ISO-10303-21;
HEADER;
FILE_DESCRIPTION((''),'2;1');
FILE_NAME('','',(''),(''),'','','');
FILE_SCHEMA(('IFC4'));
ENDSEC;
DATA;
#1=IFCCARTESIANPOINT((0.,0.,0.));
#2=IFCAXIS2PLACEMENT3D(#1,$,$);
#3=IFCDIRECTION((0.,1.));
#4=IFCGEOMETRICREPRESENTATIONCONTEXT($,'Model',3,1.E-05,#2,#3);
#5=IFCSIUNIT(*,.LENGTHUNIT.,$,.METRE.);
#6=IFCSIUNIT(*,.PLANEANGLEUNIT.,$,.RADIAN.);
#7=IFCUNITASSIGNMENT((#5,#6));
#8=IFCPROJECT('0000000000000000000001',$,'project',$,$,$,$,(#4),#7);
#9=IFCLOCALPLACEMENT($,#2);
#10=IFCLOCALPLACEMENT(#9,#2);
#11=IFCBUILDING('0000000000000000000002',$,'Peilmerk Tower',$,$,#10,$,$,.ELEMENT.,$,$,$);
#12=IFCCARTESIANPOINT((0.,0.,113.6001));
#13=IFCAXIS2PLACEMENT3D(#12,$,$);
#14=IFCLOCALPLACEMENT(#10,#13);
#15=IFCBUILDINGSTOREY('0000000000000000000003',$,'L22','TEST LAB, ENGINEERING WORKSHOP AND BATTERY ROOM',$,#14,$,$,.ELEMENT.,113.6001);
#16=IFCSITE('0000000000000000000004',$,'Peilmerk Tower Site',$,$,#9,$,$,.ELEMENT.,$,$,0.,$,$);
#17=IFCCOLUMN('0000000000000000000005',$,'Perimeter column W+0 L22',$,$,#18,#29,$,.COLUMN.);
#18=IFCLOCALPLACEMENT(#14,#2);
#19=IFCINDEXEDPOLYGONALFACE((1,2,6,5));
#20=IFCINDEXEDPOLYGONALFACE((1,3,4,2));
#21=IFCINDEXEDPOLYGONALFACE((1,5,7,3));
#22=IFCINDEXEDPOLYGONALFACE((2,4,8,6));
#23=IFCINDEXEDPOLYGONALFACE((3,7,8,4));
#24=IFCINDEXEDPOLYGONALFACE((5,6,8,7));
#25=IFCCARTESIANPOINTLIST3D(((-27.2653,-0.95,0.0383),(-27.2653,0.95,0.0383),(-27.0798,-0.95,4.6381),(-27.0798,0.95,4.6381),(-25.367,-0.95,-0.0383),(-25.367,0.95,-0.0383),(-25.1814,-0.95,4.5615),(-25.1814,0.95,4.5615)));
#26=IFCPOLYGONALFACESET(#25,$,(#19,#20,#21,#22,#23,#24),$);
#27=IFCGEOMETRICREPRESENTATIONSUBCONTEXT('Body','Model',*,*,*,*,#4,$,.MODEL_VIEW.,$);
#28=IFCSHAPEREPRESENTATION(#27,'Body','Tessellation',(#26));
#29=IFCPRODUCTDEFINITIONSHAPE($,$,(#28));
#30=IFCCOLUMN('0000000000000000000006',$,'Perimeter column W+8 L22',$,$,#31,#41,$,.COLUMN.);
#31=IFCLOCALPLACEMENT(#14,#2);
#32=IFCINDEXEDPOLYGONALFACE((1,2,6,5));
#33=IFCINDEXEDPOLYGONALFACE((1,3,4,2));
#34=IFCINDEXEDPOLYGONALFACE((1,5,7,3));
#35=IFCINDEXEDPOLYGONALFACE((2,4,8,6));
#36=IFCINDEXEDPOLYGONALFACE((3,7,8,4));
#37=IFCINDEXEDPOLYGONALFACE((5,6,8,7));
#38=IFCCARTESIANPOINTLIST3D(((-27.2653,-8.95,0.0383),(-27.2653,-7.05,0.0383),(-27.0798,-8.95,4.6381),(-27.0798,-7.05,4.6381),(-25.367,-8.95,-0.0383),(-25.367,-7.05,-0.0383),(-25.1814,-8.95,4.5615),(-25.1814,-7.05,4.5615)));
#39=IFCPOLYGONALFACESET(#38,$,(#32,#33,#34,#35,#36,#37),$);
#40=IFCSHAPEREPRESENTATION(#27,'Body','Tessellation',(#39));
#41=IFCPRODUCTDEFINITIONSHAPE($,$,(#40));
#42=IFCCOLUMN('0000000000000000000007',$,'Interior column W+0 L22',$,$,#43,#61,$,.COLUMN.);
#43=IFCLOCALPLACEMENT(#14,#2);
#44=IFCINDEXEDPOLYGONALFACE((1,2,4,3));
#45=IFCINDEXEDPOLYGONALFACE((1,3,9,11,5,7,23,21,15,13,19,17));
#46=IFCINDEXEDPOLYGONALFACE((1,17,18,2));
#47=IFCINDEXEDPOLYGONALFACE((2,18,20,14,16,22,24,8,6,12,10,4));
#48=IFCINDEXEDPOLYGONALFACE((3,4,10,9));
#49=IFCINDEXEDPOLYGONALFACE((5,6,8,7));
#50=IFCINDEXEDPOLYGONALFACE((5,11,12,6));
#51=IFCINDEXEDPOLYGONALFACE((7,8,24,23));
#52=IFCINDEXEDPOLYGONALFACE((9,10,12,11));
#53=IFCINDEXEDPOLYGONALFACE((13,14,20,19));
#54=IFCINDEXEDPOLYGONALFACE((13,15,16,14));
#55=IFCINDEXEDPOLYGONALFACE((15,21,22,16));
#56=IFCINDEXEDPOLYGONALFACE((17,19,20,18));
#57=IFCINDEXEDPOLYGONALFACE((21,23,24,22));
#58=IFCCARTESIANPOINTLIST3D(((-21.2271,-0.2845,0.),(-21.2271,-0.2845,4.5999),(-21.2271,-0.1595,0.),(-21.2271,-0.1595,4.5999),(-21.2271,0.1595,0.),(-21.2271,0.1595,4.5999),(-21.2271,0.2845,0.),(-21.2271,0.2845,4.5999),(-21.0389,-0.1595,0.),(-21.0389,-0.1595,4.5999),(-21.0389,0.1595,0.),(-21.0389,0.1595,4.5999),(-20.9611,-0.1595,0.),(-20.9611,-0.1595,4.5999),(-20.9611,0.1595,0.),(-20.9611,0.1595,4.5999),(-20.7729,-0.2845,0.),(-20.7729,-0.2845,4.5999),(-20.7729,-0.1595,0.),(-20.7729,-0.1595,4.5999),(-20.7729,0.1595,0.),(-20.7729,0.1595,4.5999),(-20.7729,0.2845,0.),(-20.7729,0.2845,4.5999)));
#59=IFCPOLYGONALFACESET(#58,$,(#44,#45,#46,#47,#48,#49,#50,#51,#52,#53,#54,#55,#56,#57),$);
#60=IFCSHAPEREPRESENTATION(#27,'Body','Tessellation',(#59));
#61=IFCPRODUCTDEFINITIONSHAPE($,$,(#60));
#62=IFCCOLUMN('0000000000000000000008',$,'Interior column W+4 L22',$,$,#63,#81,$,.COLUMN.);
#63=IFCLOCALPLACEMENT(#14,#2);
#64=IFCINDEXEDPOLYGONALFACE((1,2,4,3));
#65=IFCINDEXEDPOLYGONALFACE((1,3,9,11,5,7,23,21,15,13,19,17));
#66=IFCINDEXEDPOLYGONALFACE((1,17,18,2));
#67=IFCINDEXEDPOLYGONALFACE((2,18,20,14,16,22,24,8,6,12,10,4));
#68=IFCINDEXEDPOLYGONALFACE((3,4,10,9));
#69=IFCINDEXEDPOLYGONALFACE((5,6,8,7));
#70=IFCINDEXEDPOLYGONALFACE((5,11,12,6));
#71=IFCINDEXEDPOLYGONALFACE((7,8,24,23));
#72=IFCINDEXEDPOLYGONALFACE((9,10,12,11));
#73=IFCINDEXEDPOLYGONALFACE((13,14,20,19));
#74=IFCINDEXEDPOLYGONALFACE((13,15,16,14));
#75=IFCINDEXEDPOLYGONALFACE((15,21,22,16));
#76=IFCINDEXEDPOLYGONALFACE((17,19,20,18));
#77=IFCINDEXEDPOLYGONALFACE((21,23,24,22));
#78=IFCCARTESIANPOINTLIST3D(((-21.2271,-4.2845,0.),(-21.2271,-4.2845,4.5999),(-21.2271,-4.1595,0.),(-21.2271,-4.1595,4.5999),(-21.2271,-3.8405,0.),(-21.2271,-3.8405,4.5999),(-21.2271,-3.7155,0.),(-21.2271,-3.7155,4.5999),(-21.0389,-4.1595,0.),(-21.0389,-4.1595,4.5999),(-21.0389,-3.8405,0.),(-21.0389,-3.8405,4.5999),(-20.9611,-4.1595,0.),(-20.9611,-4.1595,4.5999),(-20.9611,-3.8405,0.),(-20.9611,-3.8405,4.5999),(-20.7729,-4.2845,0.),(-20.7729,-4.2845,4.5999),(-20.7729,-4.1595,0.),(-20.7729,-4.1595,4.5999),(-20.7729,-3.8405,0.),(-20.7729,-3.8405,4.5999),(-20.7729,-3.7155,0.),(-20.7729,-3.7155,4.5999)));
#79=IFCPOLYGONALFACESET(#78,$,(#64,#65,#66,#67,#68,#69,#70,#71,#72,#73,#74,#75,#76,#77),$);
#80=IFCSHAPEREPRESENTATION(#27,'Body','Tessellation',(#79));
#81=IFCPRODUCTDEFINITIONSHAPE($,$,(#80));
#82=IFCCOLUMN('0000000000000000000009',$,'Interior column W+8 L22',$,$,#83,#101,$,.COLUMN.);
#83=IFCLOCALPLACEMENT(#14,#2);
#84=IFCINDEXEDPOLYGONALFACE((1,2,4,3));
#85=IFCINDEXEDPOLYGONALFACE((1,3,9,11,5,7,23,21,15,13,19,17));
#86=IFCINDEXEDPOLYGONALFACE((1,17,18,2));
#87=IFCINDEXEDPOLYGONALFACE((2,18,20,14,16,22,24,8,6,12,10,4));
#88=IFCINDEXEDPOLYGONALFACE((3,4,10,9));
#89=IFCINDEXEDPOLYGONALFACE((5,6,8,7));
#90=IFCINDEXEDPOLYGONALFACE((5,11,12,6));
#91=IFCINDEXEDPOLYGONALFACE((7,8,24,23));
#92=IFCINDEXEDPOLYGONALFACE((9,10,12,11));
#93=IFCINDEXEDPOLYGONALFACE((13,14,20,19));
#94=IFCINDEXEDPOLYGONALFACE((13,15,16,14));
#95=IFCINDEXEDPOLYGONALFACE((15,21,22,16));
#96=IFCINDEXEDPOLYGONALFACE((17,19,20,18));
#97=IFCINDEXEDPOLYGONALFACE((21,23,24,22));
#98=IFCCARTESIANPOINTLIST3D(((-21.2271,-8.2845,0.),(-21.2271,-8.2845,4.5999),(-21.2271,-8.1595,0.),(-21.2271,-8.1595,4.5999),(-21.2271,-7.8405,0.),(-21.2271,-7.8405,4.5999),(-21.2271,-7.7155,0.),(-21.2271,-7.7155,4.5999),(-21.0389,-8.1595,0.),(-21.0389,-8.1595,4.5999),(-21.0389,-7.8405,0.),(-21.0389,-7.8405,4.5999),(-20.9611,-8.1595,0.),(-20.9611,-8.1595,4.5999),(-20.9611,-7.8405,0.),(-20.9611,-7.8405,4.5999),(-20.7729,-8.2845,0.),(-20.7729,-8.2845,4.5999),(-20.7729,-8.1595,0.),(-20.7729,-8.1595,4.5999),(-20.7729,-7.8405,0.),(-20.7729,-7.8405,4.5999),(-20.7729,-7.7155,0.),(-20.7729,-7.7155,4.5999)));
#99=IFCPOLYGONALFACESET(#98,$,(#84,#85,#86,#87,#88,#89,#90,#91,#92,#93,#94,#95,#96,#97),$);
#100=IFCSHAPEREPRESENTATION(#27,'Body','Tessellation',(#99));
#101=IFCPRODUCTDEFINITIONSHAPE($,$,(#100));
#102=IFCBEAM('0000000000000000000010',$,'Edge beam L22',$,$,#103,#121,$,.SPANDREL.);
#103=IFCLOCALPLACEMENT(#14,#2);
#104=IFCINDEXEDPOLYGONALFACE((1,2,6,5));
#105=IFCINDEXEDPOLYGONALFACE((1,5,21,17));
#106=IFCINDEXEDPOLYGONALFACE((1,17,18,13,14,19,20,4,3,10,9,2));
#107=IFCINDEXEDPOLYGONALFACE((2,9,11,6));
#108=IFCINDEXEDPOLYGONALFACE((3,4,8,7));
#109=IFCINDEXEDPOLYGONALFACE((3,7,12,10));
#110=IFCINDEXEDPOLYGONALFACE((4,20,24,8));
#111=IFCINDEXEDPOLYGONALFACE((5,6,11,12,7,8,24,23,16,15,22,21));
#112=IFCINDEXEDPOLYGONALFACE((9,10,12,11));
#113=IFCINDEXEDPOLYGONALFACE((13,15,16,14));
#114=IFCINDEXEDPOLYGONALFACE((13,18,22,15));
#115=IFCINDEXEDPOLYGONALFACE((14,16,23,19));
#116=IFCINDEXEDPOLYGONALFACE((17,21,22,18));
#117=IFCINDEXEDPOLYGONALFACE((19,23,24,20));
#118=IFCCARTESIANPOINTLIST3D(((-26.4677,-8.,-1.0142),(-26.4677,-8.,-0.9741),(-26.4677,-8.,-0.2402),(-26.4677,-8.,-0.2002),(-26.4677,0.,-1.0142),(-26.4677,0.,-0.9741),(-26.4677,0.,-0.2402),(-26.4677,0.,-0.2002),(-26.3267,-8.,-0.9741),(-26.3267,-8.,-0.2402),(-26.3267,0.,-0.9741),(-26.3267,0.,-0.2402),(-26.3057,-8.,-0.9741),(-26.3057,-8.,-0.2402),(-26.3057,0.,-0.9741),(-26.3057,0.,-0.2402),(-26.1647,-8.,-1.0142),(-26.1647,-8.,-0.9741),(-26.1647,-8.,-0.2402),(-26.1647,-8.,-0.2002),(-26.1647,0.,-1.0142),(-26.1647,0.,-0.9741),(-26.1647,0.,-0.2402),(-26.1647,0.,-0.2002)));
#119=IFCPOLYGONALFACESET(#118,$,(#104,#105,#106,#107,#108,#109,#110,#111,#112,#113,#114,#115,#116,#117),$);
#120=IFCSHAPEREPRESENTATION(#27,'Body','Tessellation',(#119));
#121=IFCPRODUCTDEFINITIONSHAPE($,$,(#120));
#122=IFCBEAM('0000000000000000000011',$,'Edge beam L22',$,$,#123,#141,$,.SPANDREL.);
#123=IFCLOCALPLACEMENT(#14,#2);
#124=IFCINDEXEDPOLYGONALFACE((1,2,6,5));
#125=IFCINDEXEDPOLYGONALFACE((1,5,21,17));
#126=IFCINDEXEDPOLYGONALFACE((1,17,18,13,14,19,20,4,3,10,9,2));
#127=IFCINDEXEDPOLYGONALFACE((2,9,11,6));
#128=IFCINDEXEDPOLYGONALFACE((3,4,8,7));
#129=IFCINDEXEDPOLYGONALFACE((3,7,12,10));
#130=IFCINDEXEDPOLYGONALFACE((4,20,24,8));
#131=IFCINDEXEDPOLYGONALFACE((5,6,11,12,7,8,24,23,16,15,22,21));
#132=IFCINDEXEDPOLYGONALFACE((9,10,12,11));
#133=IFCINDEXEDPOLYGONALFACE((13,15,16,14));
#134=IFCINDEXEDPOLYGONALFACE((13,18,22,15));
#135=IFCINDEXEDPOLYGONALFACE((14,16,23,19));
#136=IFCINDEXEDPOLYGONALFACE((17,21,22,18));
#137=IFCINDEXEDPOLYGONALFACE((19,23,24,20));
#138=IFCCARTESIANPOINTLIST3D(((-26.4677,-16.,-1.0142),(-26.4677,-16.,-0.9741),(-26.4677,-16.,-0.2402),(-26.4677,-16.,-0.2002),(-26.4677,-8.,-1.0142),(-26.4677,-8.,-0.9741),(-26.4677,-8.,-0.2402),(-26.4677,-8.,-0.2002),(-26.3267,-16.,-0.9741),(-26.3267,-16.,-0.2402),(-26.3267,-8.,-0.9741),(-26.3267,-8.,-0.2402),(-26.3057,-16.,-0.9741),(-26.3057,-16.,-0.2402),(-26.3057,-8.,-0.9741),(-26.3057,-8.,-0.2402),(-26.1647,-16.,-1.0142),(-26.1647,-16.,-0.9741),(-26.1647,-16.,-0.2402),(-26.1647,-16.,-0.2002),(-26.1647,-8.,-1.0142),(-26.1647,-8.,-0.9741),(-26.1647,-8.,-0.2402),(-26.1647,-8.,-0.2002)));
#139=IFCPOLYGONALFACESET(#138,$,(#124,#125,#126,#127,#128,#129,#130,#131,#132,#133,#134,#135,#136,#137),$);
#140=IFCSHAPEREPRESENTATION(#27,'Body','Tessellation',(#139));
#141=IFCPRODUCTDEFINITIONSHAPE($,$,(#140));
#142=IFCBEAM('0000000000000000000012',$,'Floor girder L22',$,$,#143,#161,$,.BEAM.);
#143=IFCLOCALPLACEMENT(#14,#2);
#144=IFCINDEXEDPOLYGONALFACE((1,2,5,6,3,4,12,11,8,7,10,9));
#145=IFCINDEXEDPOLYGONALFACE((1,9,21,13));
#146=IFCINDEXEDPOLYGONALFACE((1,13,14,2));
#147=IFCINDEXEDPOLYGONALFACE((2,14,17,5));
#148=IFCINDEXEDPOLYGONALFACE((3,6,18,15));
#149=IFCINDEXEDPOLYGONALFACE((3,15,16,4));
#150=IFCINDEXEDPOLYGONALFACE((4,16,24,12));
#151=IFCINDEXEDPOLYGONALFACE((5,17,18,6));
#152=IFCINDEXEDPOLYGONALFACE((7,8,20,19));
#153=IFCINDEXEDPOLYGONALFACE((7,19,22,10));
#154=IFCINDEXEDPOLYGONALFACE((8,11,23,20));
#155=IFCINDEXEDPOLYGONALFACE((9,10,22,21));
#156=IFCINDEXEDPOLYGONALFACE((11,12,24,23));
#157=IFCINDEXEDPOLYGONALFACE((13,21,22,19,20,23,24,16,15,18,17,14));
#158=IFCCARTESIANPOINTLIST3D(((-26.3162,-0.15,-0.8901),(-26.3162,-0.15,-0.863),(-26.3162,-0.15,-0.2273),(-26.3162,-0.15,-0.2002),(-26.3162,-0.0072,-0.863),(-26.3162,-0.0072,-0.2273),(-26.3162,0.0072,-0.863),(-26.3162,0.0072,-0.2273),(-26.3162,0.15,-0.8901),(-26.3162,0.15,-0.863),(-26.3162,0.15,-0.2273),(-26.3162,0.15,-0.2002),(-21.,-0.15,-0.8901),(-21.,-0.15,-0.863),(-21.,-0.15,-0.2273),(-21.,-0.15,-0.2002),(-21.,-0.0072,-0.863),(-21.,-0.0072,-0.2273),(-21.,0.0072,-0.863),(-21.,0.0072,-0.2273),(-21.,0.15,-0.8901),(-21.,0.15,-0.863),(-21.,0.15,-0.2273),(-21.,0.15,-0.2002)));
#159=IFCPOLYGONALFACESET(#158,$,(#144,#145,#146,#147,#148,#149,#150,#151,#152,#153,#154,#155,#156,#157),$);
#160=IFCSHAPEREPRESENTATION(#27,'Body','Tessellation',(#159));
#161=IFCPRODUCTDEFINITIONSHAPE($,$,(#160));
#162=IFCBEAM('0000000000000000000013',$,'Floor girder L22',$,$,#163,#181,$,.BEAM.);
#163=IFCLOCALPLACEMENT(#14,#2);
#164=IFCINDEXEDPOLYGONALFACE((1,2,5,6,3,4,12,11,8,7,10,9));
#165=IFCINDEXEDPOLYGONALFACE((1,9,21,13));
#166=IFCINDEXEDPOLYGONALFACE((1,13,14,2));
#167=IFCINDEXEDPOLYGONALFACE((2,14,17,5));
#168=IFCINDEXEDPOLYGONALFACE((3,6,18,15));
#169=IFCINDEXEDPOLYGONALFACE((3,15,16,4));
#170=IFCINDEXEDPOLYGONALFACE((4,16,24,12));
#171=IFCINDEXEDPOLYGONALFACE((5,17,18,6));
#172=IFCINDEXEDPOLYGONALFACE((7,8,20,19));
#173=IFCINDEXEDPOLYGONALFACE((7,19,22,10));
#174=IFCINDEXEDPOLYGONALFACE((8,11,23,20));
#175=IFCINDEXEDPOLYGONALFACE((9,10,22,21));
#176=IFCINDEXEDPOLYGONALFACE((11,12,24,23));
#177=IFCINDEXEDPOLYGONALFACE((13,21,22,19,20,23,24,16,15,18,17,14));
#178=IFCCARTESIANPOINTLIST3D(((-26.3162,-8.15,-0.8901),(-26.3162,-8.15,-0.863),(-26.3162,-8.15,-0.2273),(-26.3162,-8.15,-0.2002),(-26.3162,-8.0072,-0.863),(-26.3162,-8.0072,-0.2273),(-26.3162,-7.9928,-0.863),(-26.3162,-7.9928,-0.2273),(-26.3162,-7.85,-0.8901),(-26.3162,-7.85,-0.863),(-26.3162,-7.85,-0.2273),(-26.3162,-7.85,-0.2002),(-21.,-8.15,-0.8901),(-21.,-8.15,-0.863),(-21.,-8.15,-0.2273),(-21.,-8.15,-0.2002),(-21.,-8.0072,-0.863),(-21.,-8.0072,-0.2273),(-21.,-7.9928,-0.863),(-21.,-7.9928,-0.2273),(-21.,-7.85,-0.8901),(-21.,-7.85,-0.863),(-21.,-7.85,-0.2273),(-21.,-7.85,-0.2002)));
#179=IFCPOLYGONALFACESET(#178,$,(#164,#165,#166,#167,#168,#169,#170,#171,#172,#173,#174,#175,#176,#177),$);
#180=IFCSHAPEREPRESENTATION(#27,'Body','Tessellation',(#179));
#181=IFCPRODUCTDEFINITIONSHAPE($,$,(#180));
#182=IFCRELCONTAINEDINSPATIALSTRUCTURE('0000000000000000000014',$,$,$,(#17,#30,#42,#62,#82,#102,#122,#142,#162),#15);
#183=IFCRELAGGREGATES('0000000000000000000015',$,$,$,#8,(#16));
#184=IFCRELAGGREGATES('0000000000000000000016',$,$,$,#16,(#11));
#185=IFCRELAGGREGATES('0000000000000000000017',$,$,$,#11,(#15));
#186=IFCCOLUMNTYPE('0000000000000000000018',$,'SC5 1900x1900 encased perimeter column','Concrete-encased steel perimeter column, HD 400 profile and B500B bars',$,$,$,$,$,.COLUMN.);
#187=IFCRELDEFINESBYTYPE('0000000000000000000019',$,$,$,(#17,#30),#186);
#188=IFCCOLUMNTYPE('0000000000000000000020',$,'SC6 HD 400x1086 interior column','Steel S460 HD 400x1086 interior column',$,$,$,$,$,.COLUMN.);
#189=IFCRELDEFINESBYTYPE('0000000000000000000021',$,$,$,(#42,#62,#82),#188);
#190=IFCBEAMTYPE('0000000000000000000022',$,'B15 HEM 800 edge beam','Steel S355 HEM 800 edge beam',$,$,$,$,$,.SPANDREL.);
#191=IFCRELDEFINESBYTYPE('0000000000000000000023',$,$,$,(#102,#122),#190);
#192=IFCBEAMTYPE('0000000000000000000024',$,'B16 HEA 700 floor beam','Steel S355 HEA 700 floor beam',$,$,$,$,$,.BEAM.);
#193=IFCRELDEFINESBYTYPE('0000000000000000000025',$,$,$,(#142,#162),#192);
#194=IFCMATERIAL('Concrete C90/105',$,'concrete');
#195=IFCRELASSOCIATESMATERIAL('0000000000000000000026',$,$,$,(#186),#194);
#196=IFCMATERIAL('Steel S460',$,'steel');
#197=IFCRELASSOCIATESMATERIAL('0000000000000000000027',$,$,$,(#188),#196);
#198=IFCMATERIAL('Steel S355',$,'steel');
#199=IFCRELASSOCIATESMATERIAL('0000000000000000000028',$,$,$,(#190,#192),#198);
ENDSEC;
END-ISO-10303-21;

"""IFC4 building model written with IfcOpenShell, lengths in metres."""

from ifc_helpers import new_model, si_unit, direction, frame, origin, origin_2d, place, context, subcontext, project, spatial, rectangle, i_section, extrude, material, material_profile, profile_set, type_object, element, save


model = new_model("IFC4")

# Units and contexts
model_context = context("Model", 3, precision=1e-05, world=origin(), true_north=direction((0.0, 1.0)))
body_context = subcontext(model_context, "Body", "Model", "MODEL_VIEW")
ifc_project = project(units=[si_unit("LENGTHUNIT", "METRE"), si_unit("PLANEANGLEUNIT", "RADIAN")], contexts=[model_context])

# Site, building, storey
site_placement = place(None, origin())
site = spatial("IfcSite", under=ifc_project, at=site_placement, Name="Peilmerk Tower Site", CompositionType="ELEMENT", RefElevation=0.0)
building_placement = place(site_placement, origin())
building = spatial("IfcBuilding", under=site, at=building_placement, Name="Peilmerk Tower", CompositionType="ELEMENT")
storey_placement = place(building_placement, frame((0.0, 0.0, 113.6001)))
storey = spatial("IfcBuildingStorey", under=building, at=storey_placement, Name="L22", Description="TEST LAB, ENGINEERING WORKSHOP AND BATTERY ROOM", CompositionType="ELEMENT", Elevation=113.6001)

# Columns
ifc_material_1 = material(Name="Concrete C90/105", Category="concrete")
ifc_material_profile_1 = material_profile(ifc_material_1, rectangle(XDim=1.8999, YDim=1.8999, at=origin_2d()), Name="RC 1900x1900")
ifc_profile_set_1 = profile_set([ifc_material_profile_1], Name="Concrete C90/105")
column_type_1 = type_object("IfcColumnType", Name="SC5 1900x1900 encased perimeter column", Description="Concrete-encased steel perimeter column, HD 400 profile and B500B bars", PredefinedType="COLUMN", material=ifc_profile_set_1)
for number, where, z_axis, x_axis, name in (
    (1, (-26.3162, 0.0, 0.0), (0.040305, 0.0, 0.999187), (0.0, 1.0, 0.0), "Perimeter column W+0 L22"),
    (2, (-26.3162, -8.0, 0.0), (0.040305, 0.0, 0.999187), (0.0, 1.0, 0.0), "Perimeter column W+8 L22"),
):
    element("IfcColumn", number, at=place(storey_placement, frame(where, z_axis=z_axis, x_axis=x_axis)), inside=storey, type_object=column_type_1, Name=name, PredefinedType="COLUMN", context=body_context, shape_type="SweptSolid", body=[
        extrude(rectangle(XDim=1.8999, YDim=1.8999, at=origin_2d()), origin(), (0.0, 0.0, 1.0), 4.6035),
    ])
ifc_material_2 = material(Name="Steel S460", Category="steel")
ifc_material_profile_2 = material_profile(ifc_material_2, i_section(OverallWidth=0.4541, OverallDepth=0.5691, WebThickness=0.0779, FlangeThickness=0.125, at=origin_2d()), Name="HD 400x1086")
ifc_profile_set_2 = profile_set([ifc_material_profile_2], Name="Steel S460")
column_type_2 = type_object("IfcColumnType", Name="SC6 HD 400x1086 interior column", Description="Steel S460 HD 400x1086 interior column", PredefinedType="COLUMN", material=ifc_profile_set_2)
for number, where, z_axis, x_axis, name in (
    (3, (-21.0, 0.0, 0.0), (0.0, 0.0, 1.0), (1.0, 0.0, 0.0), "Interior column W+0 L22"),
    (4, (-21.0, -4.0, 0.0), (0.0, 0.0, 1.0), (1.0, 0.0, 0.0), "Interior column W+4 L22"),
    (5, (-21.0, -8.0, 0.0), (0.0, 0.0, 1.0), (1.0, 0.0, 0.0), "Interior column W+8 L22"),
):
    element("IfcColumn", number, at=place(storey_placement, frame(where, z_axis=z_axis, x_axis=x_axis)), inside=storey, type_object=column_type_2, Name=name, PredefinedType="COLUMN", context=body_context, shape_type="SweptSolid", body=[
        extrude(i_section(OverallWidth=0.4541, OverallDepth=0.5691, WebThickness=0.0779, FlangeThickness=0.125, at=origin_2d()), origin(), (0.0, 0.0, 1.0), 4.5999),
    ])

# Beams
ifc_material_3 = material(Name="Steel S355", Category="steel")
ifc_material_profile_3 = material_profile(ifc_material_3, i_section(OverallWidth=0.303, OverallDepth=0.814, WebThickness=0.021, FlangeThickness=0.04, at=origin_2d()), Name="HEM 800")
ifc_profile_set_3 = profile_set([ifc_material_profile_3], Name="Steel S355")
beam_type_1 = type_object("IfcBeamType", Name="B15 HEM 800 edge beam", Description="Steel S355 HEM 800 edge beam", PredefinedType="SPANDREL", material=ifc_profile_set_3)
for number, where, z_axis, x_axis, name in (
    (6, (-26.3162, 0.0, -0.6072), (0.0, -1.0, 0.0), (1.0, 0.0, 0.0), "Edge beam L22"),
    (7, (-26.3162, -8.0, -0.6072), (0.0, -1.0, 0.0), (1.0, 0.0, 0.0), "Edge beam L22"),
):
    element("IfcBeam", number, at=place(storey_placement, frame(where, z_axis=z_axis, x_axis=x_axis)), inside=storey, type_object=beam_type_1, Name=name, PredefinedType="SPANDREL", context=body_context, shape_type="SweptSolid", body=[
        extrude(i_section(OverallWidth=0.303, OverallDepth=0.814, WebThickness=0.021, FlangeThickness=0.04, at=origin_2d()), origin(), (0.0, 0.0, 1.0), 8.0),
    ])
ifc_material_profile_4 = material_profile(ifc_material_3, i_section(OverallWidth=0.3, OverallDepth=0.6899, WebThickness=0.0144, FlangeThickness=0.0271, at=origin_2d()), Name="HEA 700")
ifc_profile_set_4 = profile_set([ifc_material_profile_4], Name="Steel S355")
beam_type_2 = type_object("IfcBeamType", Name="B16 HEA 700 floor beam", Description="Steel S355 HEA 700 floor beam", PredefinedType="BEAM", material=ifc_profile_set_4)
for number, where, z_axis, x_axis, name in (
    (8, (-21.0, 0.0, -0.5452), (-1.0, 0.0, 0.0), (0.0, -1.0, 0.0), "Floor girder L22"),
    (9, (-21.0, -8.0, -0.5452), (-1.0, 0.0, 0.0), (0.0, -1.0, 0.0), "Floor girder L22"),
):
    element("IfcBeam", number, at=place(storey_placement, frame(where, z_axis=z_axis, x_axis=x_axis)), inside=storey, type_object=beam_type_2, Name=name, PredefinedType="BEAM", context=body_context, shape_type="SweptSolid", body=[
        extrude(i_section(OverallWidth=0.3, OverallDepth=0.6899, WebThickness=0.0144, FlangeThickness=0.0271, at=origin_2d()), origin(), (0.0, 0.0, 1.0), 5.3162),
    ])

save(model, "model.ifc")
